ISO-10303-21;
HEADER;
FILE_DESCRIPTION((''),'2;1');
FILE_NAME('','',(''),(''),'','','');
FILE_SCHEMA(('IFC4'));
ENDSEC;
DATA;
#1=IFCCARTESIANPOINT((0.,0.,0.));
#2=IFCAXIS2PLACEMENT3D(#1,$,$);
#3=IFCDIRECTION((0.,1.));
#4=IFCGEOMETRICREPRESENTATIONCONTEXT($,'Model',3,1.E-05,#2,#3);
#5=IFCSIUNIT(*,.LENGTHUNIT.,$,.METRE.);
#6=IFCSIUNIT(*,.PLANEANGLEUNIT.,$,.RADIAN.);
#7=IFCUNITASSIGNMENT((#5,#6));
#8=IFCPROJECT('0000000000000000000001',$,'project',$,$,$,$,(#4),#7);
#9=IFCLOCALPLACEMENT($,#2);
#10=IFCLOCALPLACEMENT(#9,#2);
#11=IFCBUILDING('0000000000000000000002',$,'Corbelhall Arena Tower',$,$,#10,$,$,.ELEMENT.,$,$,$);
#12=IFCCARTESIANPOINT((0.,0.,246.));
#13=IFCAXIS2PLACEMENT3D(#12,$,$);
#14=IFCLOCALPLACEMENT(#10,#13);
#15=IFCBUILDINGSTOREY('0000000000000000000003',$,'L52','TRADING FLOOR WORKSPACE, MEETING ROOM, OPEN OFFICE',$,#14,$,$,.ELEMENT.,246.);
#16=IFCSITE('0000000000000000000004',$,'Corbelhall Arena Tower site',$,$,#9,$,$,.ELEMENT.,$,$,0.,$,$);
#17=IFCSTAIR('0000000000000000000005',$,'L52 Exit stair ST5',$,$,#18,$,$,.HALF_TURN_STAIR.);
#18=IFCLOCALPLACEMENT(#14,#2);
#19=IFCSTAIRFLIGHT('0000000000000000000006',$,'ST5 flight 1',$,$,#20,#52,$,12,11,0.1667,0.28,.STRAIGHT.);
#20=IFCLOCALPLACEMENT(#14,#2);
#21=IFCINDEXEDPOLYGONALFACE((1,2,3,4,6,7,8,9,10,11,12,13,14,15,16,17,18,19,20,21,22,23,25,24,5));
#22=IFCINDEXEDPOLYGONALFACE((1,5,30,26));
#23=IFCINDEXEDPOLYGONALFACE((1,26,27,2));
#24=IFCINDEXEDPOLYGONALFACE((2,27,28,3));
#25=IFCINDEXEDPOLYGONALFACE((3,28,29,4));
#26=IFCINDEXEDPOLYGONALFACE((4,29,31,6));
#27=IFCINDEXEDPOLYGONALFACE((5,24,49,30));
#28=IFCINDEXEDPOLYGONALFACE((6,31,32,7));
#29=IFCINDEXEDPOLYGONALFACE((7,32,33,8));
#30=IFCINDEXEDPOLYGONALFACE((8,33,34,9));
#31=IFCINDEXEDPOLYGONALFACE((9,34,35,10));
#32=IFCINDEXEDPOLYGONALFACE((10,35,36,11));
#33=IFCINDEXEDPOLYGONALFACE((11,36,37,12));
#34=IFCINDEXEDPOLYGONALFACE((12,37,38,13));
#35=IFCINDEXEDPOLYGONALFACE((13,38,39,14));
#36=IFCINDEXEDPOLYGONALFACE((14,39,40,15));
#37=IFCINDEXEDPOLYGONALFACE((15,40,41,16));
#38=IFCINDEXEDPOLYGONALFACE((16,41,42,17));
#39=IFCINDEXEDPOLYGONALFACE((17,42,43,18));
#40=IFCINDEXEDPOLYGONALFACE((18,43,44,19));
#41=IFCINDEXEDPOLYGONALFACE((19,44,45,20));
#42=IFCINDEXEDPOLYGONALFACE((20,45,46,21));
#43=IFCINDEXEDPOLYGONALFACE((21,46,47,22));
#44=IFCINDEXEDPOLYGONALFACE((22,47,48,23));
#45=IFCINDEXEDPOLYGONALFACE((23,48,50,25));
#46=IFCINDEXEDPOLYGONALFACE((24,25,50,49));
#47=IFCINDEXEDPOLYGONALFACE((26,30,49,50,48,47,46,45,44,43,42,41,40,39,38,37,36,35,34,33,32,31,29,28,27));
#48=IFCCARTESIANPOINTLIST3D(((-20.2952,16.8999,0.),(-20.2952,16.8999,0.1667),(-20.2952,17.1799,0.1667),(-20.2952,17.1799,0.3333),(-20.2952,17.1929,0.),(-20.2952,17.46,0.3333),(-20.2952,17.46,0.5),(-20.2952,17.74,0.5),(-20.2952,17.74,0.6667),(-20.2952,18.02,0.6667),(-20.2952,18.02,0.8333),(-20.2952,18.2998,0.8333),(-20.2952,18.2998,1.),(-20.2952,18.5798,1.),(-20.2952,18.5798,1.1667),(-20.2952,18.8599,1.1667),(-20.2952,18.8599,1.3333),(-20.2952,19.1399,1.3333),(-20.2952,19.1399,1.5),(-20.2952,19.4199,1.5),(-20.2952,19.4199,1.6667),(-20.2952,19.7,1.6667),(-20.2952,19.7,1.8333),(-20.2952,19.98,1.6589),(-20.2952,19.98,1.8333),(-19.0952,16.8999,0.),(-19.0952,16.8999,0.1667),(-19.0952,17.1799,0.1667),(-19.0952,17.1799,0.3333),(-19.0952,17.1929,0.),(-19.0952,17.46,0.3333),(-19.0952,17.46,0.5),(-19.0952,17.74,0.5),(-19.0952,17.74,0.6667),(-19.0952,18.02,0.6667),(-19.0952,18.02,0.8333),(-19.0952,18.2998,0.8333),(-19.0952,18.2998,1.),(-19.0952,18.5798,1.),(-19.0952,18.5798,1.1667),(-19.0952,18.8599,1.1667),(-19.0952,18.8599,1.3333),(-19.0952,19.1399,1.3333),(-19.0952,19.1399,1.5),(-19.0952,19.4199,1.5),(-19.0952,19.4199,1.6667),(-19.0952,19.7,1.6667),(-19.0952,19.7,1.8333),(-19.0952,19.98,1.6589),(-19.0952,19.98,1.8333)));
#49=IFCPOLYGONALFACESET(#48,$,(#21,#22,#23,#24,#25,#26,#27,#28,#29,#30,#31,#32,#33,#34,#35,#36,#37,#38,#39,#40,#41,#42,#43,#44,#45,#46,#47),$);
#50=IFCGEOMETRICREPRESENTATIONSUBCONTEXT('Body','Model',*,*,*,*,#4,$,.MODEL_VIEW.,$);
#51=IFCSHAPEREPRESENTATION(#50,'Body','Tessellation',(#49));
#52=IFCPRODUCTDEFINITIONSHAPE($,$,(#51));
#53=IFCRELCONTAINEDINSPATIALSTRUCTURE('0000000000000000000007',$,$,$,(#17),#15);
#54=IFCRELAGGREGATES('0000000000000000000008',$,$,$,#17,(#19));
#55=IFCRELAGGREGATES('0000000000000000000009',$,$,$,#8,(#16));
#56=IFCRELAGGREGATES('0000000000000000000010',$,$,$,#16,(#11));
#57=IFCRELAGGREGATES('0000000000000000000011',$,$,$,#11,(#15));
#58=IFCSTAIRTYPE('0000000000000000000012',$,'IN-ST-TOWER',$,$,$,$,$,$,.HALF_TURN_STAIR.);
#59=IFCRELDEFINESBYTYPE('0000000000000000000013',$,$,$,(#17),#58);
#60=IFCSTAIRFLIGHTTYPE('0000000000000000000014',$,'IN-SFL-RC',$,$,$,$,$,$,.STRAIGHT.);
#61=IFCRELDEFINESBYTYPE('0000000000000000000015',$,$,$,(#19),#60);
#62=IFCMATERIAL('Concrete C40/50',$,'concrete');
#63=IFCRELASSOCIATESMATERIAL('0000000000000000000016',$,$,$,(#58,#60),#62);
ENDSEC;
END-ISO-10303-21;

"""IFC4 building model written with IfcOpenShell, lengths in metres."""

from ifc_helpers import new_model, si_unit, direction, frame, origin, place, context, subcontext, project, spatial, polyline, outline, extrude, material, type_object, element, aggregate, save


model = new_model("IFC4")

# Units and contexts
model_context = context("Model", 3, precision=1e-05, world=origin(), true_north=direction((0.0, 1.0)))
body_context = subcontext(model_context, "Body", "Model", "MODEL_VIEW")
ifc_project = project(units=[si_unit("LENGTHUNIT", "METRE"), si_unit("PLANEANGLEUNIT", "RADIAN")], contexts=[model_context])

# Site, building, storey
site_placement = place(None, origin())
site = spatial("IfcSite", under=ifc_project, at=site_placement, Name="Corbelhall Arena Tower site", CompositionType="ELEMENT", RefElevation=0.0)
building_placement = place(site_placement, origin())
building = spatial("IfcBuilding", under=site, at=building_placement, Name="Corbelhall Arena Tower", CompositionType="ELEMENT")
storey_placement = place(building_placement, frame((0.0, 0.0, 246.0)))
storey = spatial("IfcBuildingStorey", under=building, at=storey_placement, Name="L52", Description="TRADING FLOOR WORKSPACE, MEETING ROOM, OPEN OFFICE", CompositionType="ELEMENT", Elevation=246.0)

# Shared definitions
ifc_material_1 = material(Name="Concrete C40/50", Category="concrete")

# Stair, stair flight
stair_type = type_object("IfcStairType", Name="IN-ST-TOWER", PredefinedType="HALF_TURN_STAIR", material=ifc_material_1)
stair_placement = place(storey_placement, origin())
stair = element("IfcStair", 1, at=stair_placement, inside=storey, type_object=stair_type, Name="L52 Exit stair ST5", PredefinedType="HALF_TURN_STAIR")
stair_flight_type = type_object("IfcStairFlightType", Name="IN-SFL-RC", PredefinedType="STRAIGHT", material=ifc_material_1)
stair_flight_placement = place(storey_placement, frame((-19.6951, 16.8999, 0.0), z_axis=(0.0, 0.0, 1.0), x_axis=(0.0, 1.0, 0.0)))
stair_flight = element("IfcStairFlight", 2, at=stair_flight_placement, type_object=stair_flight_type, Name="ST5 flight 1", NumberOfRisers=12, NumberOfTreads=11, PredefinedType="STRAIGHT", RiserHeight=0.1667, TreadLength=0.28, context=body_context, shape_type="SweptSolid", body=[
    extrude(outline(polyline([(0.0, 0.0), (0.0, 0.1667), (0.28, 0.1667), (0.28, 0.3333), (0.5601, 0.3333), (0.5601, 0.5), (0.8401, 0.5), (0.8401, 0.6667), (1.1201, 0.6667), (1.1201, 0.8333), (1.3999, 0.8333), (1.3999, 1.0), (1.6799, 1.0), (1.6799, 1.1667), (1.96, 1.1667), (1.96, 1.3333), (2.24, 1.3333), (2.24, 1.5), (2.52, 1.5), (2.52, 1.6667), (2.8, 1.6667), (2.8, 1.8333), (3.0801, 1.8333), (3.0801, 2.0), (3.0801, 1.6589), (0.293, 0.0), (0.0, 0.0)])), frame((0.0, 0.6001, 0.0), z_axis=(0.0, -1.0, 0.0), x_axis=(1.0, 0.0, 0.0)), (0.0, 0.0, 1.0), 1.2),
])
aggregate(stair, [stair_flight])

save(model, "model.ifc")
